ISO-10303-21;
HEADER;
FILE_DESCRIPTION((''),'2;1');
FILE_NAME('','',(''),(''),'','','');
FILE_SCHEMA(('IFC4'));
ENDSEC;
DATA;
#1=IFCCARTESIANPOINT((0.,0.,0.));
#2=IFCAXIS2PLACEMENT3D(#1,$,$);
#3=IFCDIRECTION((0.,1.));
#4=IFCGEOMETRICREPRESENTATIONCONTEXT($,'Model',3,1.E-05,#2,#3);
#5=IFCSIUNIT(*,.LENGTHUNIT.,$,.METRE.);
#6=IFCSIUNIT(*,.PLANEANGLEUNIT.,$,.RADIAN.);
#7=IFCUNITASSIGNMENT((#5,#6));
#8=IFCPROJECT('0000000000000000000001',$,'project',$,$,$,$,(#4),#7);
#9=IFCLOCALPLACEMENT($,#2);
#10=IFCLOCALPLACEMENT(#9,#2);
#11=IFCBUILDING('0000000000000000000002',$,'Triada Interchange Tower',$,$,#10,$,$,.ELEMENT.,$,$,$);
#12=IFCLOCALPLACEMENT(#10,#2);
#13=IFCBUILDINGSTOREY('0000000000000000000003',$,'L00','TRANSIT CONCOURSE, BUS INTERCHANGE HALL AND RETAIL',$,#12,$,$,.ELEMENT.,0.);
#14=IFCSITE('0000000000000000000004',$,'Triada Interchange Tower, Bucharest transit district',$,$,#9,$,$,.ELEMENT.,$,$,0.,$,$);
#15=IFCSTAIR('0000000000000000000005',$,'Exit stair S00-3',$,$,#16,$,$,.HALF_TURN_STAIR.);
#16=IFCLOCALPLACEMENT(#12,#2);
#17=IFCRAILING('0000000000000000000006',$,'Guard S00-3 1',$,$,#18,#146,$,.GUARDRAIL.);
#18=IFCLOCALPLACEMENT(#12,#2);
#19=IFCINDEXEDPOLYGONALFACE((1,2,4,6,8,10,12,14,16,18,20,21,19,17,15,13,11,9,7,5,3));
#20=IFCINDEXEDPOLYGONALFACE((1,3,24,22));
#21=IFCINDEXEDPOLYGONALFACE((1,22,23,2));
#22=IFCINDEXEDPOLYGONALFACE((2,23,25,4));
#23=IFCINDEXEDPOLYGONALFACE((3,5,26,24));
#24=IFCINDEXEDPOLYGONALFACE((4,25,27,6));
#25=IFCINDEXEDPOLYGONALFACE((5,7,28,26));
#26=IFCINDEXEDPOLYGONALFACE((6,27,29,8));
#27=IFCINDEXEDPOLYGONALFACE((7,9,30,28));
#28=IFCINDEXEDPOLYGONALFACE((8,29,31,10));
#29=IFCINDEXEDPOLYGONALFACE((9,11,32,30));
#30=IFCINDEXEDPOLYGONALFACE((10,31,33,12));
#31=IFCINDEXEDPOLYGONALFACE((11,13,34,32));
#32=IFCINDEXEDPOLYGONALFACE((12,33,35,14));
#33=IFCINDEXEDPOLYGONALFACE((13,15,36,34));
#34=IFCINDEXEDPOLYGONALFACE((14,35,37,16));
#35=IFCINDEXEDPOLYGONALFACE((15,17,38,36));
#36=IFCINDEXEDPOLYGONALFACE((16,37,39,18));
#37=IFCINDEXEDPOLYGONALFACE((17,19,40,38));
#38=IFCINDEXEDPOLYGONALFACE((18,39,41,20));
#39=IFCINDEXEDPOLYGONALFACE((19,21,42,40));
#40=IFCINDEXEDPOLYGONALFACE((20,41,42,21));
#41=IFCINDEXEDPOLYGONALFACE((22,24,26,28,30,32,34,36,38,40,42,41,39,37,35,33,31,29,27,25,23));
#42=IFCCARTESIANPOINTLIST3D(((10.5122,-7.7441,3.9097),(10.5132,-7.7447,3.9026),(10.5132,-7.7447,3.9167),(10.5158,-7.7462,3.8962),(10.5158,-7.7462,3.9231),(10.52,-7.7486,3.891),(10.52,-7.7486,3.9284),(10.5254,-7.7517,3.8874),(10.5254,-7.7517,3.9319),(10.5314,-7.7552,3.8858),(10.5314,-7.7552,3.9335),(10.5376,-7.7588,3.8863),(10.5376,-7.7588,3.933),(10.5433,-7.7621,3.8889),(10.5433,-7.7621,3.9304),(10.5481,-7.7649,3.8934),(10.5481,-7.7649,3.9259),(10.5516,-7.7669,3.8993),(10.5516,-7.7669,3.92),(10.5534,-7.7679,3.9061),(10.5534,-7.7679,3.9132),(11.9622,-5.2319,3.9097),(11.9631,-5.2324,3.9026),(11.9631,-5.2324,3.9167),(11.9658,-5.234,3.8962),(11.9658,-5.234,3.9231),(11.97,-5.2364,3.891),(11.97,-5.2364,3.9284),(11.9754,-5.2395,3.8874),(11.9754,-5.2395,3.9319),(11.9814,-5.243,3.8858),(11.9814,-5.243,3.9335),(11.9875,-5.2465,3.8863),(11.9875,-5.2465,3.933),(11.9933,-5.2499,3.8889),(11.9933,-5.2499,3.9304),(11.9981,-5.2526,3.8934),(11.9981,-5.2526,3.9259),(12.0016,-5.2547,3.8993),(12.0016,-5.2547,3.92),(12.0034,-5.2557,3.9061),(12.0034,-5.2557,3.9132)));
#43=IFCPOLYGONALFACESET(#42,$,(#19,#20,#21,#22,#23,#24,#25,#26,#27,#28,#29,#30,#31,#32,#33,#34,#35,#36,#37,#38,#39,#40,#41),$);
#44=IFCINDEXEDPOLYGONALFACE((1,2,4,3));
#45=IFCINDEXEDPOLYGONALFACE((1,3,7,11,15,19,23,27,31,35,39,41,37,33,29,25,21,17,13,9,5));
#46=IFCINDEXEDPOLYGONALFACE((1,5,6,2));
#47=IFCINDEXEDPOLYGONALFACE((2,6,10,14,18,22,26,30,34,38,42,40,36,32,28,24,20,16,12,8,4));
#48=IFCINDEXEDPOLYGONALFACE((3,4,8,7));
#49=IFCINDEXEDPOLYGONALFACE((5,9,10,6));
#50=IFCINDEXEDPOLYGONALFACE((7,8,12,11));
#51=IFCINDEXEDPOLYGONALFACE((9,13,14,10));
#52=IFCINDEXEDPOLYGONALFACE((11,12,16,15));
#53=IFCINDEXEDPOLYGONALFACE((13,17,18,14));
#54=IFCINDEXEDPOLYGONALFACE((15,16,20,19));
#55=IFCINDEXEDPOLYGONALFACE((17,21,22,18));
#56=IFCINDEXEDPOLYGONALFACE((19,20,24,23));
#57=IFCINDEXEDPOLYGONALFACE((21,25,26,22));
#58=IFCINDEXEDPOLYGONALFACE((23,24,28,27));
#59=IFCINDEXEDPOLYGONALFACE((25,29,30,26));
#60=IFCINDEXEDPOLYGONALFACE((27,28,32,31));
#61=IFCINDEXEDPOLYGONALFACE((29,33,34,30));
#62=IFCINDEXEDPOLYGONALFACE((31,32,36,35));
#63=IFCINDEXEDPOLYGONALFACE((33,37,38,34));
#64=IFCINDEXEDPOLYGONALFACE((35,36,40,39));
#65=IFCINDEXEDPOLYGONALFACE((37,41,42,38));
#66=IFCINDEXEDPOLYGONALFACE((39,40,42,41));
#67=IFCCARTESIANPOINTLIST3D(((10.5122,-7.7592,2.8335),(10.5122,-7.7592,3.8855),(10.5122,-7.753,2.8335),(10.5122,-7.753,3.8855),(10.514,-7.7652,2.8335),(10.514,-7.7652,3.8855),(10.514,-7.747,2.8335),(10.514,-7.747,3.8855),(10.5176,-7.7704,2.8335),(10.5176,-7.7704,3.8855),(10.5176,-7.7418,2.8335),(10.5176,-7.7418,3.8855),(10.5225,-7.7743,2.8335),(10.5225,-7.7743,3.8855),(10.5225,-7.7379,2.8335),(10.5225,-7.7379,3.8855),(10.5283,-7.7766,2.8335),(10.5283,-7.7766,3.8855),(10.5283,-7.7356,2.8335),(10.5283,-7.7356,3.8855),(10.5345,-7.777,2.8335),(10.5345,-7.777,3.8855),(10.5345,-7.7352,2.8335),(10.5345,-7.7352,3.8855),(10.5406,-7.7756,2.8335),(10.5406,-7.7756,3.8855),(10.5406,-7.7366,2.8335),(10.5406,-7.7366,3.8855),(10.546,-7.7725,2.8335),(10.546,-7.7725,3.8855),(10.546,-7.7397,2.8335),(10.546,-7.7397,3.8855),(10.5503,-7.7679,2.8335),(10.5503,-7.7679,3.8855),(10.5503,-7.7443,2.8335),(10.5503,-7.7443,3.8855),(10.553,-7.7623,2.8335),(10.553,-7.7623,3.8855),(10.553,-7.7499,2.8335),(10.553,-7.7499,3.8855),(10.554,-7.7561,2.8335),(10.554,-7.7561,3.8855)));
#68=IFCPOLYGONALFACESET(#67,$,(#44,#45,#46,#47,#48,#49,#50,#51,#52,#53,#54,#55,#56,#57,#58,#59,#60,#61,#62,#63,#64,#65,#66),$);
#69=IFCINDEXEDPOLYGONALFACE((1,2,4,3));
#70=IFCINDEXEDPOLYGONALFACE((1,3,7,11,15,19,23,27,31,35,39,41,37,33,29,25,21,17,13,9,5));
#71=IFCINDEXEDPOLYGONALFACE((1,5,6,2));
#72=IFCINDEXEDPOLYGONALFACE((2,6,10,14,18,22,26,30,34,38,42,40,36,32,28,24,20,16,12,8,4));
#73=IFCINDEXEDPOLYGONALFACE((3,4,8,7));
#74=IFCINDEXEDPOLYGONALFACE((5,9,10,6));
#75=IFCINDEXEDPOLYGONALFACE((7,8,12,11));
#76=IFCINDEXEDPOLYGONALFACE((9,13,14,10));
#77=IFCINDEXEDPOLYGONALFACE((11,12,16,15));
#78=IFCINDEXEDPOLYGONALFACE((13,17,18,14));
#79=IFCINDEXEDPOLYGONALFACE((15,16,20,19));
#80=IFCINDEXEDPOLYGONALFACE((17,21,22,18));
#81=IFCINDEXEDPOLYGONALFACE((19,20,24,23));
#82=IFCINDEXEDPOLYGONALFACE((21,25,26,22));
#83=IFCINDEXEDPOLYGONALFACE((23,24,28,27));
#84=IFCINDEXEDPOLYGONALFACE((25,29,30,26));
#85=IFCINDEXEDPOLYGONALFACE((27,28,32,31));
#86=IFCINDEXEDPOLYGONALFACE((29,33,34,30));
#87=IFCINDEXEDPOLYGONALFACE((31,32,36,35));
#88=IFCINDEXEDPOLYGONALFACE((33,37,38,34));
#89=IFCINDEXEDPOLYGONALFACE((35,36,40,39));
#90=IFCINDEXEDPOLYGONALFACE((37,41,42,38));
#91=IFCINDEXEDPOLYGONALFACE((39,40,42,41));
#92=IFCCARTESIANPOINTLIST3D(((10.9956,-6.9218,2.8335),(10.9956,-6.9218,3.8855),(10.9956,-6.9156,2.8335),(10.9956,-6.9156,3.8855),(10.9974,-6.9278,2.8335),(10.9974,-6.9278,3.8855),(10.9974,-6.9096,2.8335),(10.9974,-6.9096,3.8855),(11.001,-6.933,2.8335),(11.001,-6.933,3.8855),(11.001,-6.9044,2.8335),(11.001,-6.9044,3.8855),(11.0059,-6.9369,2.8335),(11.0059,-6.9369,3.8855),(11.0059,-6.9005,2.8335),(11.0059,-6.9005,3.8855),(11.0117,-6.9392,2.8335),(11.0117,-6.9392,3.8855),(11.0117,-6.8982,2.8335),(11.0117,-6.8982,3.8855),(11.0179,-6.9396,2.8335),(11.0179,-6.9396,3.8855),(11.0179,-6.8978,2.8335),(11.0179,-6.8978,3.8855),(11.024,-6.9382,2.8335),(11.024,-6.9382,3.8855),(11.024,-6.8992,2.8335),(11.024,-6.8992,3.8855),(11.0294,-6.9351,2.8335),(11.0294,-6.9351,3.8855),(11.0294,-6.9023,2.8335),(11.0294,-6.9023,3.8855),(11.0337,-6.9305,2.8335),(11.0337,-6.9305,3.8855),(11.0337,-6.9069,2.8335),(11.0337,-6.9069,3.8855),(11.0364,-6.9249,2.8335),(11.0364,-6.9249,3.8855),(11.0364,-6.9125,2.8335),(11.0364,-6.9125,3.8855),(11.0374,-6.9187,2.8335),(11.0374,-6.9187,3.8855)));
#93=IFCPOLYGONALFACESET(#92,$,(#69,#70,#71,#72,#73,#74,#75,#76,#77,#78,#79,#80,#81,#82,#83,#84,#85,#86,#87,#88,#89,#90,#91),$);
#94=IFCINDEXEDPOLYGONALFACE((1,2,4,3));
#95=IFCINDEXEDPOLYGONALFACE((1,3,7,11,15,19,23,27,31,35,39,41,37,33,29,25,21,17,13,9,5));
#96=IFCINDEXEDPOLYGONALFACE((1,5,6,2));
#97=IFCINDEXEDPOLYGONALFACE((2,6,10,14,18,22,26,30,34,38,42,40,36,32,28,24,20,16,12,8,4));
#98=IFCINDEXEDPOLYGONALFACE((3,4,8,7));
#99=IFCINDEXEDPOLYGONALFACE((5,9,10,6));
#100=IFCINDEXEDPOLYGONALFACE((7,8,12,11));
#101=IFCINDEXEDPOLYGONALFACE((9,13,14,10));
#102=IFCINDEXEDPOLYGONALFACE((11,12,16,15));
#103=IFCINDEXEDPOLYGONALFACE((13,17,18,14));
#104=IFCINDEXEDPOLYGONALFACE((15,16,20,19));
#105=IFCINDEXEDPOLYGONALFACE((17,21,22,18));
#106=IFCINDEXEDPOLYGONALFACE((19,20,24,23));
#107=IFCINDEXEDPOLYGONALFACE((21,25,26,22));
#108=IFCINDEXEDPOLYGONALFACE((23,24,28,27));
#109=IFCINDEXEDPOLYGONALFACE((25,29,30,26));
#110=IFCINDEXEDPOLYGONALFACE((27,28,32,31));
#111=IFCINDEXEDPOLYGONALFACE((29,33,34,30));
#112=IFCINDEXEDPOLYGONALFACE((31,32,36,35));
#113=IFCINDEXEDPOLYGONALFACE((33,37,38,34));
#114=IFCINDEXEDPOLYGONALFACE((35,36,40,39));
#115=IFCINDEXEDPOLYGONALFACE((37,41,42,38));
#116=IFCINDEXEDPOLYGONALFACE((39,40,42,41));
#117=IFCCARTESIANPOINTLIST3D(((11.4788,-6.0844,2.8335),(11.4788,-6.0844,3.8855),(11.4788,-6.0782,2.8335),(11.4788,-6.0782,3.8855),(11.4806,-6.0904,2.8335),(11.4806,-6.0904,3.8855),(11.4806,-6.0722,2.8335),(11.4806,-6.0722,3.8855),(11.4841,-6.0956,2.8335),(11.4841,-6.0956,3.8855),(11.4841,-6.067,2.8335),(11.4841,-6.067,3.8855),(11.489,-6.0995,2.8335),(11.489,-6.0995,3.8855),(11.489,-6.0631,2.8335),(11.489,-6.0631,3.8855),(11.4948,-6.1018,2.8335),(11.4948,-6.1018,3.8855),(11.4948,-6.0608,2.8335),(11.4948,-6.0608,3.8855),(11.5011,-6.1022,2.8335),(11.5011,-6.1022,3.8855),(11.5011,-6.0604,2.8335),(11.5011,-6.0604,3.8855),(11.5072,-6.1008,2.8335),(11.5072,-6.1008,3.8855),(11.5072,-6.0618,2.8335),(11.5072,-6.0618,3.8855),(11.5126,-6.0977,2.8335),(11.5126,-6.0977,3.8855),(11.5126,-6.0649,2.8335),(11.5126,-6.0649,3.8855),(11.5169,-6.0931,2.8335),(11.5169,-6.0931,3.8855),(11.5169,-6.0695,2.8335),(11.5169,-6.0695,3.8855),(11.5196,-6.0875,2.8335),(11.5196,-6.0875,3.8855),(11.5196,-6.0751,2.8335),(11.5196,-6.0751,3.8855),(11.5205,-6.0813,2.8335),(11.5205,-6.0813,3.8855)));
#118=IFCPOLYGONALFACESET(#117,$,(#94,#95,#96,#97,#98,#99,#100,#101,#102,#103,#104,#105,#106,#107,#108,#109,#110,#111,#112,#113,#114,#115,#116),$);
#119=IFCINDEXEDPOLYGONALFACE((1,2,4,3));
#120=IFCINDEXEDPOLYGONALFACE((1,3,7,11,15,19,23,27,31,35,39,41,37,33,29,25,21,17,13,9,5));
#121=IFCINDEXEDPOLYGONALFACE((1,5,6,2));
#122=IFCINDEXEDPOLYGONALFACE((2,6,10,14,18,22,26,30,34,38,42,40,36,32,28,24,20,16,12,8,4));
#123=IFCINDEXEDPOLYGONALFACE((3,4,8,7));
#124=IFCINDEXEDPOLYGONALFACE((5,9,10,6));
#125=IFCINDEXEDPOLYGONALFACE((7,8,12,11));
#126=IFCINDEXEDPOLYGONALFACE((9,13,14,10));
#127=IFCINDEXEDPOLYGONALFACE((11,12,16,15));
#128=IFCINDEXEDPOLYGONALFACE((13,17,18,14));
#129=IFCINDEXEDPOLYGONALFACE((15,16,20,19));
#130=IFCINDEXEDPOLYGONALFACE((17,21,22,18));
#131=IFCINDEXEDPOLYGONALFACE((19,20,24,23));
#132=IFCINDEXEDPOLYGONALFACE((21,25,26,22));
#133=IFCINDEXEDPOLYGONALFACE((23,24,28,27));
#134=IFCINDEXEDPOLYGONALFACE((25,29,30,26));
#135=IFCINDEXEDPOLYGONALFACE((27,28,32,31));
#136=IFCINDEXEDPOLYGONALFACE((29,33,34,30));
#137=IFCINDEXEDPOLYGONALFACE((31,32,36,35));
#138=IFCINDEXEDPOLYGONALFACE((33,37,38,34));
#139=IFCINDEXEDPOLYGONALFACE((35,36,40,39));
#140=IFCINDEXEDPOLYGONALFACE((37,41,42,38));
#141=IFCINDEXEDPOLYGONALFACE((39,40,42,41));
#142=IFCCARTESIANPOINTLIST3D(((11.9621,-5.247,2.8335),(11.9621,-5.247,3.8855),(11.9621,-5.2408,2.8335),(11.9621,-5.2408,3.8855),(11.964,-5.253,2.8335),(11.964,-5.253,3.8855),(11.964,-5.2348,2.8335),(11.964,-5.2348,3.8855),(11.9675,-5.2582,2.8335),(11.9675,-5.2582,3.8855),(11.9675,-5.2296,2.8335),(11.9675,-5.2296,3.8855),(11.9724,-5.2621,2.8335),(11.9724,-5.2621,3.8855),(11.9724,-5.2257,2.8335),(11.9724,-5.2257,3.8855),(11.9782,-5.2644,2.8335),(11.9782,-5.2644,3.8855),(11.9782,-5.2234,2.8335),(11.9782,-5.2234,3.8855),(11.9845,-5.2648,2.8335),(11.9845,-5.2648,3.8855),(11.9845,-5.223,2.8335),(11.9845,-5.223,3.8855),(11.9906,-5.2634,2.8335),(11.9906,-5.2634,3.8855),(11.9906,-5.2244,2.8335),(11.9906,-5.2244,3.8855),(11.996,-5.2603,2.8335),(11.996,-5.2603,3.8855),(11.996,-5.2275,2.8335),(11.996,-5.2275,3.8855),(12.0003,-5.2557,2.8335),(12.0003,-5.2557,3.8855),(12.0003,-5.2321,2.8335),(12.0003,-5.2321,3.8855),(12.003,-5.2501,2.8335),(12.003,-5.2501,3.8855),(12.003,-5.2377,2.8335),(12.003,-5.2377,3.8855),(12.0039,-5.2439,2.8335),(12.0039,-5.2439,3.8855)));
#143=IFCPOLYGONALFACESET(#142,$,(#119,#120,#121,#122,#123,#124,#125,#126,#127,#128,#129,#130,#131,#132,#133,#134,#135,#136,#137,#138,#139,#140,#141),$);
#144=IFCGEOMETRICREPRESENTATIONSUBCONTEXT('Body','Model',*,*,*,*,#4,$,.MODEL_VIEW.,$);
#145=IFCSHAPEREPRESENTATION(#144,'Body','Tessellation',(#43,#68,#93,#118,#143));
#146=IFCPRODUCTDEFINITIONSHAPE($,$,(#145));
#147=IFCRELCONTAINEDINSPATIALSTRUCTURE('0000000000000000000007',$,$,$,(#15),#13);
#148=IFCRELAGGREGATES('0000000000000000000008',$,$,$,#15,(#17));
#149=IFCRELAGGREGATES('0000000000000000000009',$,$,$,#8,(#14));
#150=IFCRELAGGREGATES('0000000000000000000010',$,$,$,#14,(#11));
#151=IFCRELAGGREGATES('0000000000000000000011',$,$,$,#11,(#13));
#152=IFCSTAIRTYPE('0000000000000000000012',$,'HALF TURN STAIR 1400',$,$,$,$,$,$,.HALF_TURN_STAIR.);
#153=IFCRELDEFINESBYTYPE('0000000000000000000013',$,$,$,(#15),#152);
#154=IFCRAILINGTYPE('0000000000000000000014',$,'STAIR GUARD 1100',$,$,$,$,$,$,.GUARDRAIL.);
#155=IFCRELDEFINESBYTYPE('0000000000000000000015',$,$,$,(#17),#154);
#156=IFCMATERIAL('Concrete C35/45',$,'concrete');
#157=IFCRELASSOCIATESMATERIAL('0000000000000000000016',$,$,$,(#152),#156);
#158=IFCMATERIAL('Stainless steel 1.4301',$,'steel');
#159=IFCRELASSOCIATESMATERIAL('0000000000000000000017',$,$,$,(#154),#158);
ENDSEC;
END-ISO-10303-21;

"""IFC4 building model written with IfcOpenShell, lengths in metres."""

from ifc_helpers import new_model, si_unit, direction, frame, origin, origin_2d, place, context, subcontext, project, spatial, circle, extrude, material, type_object, element, aggregate, save


model = new_model("IFC4")

# Units and contexts
model_context = context("Model", 3, precision=1e-05, world=origin(), true_north=direction((0.0, 1.0)))
body_context = subcontext(model_context, "Body", "Model", "MODEL_VIEW")
ifc_project = project(units=[si_unit("LENGTHUNIT", "METRE"), si_unit("PLANEANGLEUNIT", "RADIAN")], contexts=[model_context])

# Site, building, storey
site_placement = place(None, origin())
site = spatial("IfcSite", under=ifc_project, at=site_placement, Name="Triada Interchange Tower, Bucharest transit district", CompositionType="ELEMENT", RefElevation=0.0)
building_placement = place(site_placement, origin())
building = spatial("IfcBuilding", under=site, at=building_placement, Name="Triada Interchange Tower", CompositionType="ELEMENT")
storey_placement = place(building_placement, origin())
storey = spatial("IfcBuildingStorey", under=building, at=storey_placement, Name="L00", Description="TRANSIT CONCOURSE, BUS INTERCHANGE HALL AND RETAIL", CompositionType="ELEMENT", Elevation=0.0)

# Shared definitions
ifc_material_1 = material(Name="Concrete C35/45", Category="concrete")

# Shared definitions
stair_type = type_object("IfcStairType", Name="HALF TURN STAIR 1400", PredefinedType="HALF_TURN_STAIR", material=ifc_material_1)

# Stair, railing
stair_1_placement = place(storey_placement, origin())
stair_1 = element("IfcStair", 1, at=stair_1_placement, inside=storey, type_object=stair_type, Name="Exit stair S00-3", PredefinedType="HALF_TURN_STAIR")
ifc_material_2 = material(Name="Stainless steel 1.4301", Category="steel")
railing_type_1 = type_object("IfcRailingType", Name="STAIR GUARD 1100", PredefinedType="GUARDRAIL", material=ifc_material_2)
railing_1_placement = place(storey_placement, frame((10.533, -7.7561, 2.8335)))
railing_1 = element("IfcRailing", 2, at=railing_1_placement, type_object=railing_type_1, Name="Guard S00-3 1", PredefinedType="GUARDRAIL", context=body_context, shape_type="SweptSolid", body=[
    extrude(circle(Radius=0.0239, at=origin_2d()), frame((0.0, 0.0, 1.0762), z_axis=(0.499878, 0.866096, 0.0), x_axis=(-0.866096, 0.499878, 0.0)), (0.0, 0.0, 1.0), 2.9006),
    extrude(circle(Radius=0.021, at=origin_2d()), origin(), (0.0, 0.0, 1.0), 1.052),
    extrude(circle(Radius=0.021, at=origin_2d()), frame((0.4834, 0.8374, 0.0)), (0.0, 0.0, 1.0), 1.052),
    extrude(circle(Radius=0.021, at=origin_2d()), frame((0.9666, 1.6748, 0.0)), (0.0, 0.0, 1.0), 1.052),
    extrude(circle(Radius=0.021, at=origin_2d()), frame((1.45, 2.5122, 0.0)), (0.0, 0.0, 1.0), 1.052),
])
aggregate(stair_1, [railing_1])

save(model, "model.ifc")
